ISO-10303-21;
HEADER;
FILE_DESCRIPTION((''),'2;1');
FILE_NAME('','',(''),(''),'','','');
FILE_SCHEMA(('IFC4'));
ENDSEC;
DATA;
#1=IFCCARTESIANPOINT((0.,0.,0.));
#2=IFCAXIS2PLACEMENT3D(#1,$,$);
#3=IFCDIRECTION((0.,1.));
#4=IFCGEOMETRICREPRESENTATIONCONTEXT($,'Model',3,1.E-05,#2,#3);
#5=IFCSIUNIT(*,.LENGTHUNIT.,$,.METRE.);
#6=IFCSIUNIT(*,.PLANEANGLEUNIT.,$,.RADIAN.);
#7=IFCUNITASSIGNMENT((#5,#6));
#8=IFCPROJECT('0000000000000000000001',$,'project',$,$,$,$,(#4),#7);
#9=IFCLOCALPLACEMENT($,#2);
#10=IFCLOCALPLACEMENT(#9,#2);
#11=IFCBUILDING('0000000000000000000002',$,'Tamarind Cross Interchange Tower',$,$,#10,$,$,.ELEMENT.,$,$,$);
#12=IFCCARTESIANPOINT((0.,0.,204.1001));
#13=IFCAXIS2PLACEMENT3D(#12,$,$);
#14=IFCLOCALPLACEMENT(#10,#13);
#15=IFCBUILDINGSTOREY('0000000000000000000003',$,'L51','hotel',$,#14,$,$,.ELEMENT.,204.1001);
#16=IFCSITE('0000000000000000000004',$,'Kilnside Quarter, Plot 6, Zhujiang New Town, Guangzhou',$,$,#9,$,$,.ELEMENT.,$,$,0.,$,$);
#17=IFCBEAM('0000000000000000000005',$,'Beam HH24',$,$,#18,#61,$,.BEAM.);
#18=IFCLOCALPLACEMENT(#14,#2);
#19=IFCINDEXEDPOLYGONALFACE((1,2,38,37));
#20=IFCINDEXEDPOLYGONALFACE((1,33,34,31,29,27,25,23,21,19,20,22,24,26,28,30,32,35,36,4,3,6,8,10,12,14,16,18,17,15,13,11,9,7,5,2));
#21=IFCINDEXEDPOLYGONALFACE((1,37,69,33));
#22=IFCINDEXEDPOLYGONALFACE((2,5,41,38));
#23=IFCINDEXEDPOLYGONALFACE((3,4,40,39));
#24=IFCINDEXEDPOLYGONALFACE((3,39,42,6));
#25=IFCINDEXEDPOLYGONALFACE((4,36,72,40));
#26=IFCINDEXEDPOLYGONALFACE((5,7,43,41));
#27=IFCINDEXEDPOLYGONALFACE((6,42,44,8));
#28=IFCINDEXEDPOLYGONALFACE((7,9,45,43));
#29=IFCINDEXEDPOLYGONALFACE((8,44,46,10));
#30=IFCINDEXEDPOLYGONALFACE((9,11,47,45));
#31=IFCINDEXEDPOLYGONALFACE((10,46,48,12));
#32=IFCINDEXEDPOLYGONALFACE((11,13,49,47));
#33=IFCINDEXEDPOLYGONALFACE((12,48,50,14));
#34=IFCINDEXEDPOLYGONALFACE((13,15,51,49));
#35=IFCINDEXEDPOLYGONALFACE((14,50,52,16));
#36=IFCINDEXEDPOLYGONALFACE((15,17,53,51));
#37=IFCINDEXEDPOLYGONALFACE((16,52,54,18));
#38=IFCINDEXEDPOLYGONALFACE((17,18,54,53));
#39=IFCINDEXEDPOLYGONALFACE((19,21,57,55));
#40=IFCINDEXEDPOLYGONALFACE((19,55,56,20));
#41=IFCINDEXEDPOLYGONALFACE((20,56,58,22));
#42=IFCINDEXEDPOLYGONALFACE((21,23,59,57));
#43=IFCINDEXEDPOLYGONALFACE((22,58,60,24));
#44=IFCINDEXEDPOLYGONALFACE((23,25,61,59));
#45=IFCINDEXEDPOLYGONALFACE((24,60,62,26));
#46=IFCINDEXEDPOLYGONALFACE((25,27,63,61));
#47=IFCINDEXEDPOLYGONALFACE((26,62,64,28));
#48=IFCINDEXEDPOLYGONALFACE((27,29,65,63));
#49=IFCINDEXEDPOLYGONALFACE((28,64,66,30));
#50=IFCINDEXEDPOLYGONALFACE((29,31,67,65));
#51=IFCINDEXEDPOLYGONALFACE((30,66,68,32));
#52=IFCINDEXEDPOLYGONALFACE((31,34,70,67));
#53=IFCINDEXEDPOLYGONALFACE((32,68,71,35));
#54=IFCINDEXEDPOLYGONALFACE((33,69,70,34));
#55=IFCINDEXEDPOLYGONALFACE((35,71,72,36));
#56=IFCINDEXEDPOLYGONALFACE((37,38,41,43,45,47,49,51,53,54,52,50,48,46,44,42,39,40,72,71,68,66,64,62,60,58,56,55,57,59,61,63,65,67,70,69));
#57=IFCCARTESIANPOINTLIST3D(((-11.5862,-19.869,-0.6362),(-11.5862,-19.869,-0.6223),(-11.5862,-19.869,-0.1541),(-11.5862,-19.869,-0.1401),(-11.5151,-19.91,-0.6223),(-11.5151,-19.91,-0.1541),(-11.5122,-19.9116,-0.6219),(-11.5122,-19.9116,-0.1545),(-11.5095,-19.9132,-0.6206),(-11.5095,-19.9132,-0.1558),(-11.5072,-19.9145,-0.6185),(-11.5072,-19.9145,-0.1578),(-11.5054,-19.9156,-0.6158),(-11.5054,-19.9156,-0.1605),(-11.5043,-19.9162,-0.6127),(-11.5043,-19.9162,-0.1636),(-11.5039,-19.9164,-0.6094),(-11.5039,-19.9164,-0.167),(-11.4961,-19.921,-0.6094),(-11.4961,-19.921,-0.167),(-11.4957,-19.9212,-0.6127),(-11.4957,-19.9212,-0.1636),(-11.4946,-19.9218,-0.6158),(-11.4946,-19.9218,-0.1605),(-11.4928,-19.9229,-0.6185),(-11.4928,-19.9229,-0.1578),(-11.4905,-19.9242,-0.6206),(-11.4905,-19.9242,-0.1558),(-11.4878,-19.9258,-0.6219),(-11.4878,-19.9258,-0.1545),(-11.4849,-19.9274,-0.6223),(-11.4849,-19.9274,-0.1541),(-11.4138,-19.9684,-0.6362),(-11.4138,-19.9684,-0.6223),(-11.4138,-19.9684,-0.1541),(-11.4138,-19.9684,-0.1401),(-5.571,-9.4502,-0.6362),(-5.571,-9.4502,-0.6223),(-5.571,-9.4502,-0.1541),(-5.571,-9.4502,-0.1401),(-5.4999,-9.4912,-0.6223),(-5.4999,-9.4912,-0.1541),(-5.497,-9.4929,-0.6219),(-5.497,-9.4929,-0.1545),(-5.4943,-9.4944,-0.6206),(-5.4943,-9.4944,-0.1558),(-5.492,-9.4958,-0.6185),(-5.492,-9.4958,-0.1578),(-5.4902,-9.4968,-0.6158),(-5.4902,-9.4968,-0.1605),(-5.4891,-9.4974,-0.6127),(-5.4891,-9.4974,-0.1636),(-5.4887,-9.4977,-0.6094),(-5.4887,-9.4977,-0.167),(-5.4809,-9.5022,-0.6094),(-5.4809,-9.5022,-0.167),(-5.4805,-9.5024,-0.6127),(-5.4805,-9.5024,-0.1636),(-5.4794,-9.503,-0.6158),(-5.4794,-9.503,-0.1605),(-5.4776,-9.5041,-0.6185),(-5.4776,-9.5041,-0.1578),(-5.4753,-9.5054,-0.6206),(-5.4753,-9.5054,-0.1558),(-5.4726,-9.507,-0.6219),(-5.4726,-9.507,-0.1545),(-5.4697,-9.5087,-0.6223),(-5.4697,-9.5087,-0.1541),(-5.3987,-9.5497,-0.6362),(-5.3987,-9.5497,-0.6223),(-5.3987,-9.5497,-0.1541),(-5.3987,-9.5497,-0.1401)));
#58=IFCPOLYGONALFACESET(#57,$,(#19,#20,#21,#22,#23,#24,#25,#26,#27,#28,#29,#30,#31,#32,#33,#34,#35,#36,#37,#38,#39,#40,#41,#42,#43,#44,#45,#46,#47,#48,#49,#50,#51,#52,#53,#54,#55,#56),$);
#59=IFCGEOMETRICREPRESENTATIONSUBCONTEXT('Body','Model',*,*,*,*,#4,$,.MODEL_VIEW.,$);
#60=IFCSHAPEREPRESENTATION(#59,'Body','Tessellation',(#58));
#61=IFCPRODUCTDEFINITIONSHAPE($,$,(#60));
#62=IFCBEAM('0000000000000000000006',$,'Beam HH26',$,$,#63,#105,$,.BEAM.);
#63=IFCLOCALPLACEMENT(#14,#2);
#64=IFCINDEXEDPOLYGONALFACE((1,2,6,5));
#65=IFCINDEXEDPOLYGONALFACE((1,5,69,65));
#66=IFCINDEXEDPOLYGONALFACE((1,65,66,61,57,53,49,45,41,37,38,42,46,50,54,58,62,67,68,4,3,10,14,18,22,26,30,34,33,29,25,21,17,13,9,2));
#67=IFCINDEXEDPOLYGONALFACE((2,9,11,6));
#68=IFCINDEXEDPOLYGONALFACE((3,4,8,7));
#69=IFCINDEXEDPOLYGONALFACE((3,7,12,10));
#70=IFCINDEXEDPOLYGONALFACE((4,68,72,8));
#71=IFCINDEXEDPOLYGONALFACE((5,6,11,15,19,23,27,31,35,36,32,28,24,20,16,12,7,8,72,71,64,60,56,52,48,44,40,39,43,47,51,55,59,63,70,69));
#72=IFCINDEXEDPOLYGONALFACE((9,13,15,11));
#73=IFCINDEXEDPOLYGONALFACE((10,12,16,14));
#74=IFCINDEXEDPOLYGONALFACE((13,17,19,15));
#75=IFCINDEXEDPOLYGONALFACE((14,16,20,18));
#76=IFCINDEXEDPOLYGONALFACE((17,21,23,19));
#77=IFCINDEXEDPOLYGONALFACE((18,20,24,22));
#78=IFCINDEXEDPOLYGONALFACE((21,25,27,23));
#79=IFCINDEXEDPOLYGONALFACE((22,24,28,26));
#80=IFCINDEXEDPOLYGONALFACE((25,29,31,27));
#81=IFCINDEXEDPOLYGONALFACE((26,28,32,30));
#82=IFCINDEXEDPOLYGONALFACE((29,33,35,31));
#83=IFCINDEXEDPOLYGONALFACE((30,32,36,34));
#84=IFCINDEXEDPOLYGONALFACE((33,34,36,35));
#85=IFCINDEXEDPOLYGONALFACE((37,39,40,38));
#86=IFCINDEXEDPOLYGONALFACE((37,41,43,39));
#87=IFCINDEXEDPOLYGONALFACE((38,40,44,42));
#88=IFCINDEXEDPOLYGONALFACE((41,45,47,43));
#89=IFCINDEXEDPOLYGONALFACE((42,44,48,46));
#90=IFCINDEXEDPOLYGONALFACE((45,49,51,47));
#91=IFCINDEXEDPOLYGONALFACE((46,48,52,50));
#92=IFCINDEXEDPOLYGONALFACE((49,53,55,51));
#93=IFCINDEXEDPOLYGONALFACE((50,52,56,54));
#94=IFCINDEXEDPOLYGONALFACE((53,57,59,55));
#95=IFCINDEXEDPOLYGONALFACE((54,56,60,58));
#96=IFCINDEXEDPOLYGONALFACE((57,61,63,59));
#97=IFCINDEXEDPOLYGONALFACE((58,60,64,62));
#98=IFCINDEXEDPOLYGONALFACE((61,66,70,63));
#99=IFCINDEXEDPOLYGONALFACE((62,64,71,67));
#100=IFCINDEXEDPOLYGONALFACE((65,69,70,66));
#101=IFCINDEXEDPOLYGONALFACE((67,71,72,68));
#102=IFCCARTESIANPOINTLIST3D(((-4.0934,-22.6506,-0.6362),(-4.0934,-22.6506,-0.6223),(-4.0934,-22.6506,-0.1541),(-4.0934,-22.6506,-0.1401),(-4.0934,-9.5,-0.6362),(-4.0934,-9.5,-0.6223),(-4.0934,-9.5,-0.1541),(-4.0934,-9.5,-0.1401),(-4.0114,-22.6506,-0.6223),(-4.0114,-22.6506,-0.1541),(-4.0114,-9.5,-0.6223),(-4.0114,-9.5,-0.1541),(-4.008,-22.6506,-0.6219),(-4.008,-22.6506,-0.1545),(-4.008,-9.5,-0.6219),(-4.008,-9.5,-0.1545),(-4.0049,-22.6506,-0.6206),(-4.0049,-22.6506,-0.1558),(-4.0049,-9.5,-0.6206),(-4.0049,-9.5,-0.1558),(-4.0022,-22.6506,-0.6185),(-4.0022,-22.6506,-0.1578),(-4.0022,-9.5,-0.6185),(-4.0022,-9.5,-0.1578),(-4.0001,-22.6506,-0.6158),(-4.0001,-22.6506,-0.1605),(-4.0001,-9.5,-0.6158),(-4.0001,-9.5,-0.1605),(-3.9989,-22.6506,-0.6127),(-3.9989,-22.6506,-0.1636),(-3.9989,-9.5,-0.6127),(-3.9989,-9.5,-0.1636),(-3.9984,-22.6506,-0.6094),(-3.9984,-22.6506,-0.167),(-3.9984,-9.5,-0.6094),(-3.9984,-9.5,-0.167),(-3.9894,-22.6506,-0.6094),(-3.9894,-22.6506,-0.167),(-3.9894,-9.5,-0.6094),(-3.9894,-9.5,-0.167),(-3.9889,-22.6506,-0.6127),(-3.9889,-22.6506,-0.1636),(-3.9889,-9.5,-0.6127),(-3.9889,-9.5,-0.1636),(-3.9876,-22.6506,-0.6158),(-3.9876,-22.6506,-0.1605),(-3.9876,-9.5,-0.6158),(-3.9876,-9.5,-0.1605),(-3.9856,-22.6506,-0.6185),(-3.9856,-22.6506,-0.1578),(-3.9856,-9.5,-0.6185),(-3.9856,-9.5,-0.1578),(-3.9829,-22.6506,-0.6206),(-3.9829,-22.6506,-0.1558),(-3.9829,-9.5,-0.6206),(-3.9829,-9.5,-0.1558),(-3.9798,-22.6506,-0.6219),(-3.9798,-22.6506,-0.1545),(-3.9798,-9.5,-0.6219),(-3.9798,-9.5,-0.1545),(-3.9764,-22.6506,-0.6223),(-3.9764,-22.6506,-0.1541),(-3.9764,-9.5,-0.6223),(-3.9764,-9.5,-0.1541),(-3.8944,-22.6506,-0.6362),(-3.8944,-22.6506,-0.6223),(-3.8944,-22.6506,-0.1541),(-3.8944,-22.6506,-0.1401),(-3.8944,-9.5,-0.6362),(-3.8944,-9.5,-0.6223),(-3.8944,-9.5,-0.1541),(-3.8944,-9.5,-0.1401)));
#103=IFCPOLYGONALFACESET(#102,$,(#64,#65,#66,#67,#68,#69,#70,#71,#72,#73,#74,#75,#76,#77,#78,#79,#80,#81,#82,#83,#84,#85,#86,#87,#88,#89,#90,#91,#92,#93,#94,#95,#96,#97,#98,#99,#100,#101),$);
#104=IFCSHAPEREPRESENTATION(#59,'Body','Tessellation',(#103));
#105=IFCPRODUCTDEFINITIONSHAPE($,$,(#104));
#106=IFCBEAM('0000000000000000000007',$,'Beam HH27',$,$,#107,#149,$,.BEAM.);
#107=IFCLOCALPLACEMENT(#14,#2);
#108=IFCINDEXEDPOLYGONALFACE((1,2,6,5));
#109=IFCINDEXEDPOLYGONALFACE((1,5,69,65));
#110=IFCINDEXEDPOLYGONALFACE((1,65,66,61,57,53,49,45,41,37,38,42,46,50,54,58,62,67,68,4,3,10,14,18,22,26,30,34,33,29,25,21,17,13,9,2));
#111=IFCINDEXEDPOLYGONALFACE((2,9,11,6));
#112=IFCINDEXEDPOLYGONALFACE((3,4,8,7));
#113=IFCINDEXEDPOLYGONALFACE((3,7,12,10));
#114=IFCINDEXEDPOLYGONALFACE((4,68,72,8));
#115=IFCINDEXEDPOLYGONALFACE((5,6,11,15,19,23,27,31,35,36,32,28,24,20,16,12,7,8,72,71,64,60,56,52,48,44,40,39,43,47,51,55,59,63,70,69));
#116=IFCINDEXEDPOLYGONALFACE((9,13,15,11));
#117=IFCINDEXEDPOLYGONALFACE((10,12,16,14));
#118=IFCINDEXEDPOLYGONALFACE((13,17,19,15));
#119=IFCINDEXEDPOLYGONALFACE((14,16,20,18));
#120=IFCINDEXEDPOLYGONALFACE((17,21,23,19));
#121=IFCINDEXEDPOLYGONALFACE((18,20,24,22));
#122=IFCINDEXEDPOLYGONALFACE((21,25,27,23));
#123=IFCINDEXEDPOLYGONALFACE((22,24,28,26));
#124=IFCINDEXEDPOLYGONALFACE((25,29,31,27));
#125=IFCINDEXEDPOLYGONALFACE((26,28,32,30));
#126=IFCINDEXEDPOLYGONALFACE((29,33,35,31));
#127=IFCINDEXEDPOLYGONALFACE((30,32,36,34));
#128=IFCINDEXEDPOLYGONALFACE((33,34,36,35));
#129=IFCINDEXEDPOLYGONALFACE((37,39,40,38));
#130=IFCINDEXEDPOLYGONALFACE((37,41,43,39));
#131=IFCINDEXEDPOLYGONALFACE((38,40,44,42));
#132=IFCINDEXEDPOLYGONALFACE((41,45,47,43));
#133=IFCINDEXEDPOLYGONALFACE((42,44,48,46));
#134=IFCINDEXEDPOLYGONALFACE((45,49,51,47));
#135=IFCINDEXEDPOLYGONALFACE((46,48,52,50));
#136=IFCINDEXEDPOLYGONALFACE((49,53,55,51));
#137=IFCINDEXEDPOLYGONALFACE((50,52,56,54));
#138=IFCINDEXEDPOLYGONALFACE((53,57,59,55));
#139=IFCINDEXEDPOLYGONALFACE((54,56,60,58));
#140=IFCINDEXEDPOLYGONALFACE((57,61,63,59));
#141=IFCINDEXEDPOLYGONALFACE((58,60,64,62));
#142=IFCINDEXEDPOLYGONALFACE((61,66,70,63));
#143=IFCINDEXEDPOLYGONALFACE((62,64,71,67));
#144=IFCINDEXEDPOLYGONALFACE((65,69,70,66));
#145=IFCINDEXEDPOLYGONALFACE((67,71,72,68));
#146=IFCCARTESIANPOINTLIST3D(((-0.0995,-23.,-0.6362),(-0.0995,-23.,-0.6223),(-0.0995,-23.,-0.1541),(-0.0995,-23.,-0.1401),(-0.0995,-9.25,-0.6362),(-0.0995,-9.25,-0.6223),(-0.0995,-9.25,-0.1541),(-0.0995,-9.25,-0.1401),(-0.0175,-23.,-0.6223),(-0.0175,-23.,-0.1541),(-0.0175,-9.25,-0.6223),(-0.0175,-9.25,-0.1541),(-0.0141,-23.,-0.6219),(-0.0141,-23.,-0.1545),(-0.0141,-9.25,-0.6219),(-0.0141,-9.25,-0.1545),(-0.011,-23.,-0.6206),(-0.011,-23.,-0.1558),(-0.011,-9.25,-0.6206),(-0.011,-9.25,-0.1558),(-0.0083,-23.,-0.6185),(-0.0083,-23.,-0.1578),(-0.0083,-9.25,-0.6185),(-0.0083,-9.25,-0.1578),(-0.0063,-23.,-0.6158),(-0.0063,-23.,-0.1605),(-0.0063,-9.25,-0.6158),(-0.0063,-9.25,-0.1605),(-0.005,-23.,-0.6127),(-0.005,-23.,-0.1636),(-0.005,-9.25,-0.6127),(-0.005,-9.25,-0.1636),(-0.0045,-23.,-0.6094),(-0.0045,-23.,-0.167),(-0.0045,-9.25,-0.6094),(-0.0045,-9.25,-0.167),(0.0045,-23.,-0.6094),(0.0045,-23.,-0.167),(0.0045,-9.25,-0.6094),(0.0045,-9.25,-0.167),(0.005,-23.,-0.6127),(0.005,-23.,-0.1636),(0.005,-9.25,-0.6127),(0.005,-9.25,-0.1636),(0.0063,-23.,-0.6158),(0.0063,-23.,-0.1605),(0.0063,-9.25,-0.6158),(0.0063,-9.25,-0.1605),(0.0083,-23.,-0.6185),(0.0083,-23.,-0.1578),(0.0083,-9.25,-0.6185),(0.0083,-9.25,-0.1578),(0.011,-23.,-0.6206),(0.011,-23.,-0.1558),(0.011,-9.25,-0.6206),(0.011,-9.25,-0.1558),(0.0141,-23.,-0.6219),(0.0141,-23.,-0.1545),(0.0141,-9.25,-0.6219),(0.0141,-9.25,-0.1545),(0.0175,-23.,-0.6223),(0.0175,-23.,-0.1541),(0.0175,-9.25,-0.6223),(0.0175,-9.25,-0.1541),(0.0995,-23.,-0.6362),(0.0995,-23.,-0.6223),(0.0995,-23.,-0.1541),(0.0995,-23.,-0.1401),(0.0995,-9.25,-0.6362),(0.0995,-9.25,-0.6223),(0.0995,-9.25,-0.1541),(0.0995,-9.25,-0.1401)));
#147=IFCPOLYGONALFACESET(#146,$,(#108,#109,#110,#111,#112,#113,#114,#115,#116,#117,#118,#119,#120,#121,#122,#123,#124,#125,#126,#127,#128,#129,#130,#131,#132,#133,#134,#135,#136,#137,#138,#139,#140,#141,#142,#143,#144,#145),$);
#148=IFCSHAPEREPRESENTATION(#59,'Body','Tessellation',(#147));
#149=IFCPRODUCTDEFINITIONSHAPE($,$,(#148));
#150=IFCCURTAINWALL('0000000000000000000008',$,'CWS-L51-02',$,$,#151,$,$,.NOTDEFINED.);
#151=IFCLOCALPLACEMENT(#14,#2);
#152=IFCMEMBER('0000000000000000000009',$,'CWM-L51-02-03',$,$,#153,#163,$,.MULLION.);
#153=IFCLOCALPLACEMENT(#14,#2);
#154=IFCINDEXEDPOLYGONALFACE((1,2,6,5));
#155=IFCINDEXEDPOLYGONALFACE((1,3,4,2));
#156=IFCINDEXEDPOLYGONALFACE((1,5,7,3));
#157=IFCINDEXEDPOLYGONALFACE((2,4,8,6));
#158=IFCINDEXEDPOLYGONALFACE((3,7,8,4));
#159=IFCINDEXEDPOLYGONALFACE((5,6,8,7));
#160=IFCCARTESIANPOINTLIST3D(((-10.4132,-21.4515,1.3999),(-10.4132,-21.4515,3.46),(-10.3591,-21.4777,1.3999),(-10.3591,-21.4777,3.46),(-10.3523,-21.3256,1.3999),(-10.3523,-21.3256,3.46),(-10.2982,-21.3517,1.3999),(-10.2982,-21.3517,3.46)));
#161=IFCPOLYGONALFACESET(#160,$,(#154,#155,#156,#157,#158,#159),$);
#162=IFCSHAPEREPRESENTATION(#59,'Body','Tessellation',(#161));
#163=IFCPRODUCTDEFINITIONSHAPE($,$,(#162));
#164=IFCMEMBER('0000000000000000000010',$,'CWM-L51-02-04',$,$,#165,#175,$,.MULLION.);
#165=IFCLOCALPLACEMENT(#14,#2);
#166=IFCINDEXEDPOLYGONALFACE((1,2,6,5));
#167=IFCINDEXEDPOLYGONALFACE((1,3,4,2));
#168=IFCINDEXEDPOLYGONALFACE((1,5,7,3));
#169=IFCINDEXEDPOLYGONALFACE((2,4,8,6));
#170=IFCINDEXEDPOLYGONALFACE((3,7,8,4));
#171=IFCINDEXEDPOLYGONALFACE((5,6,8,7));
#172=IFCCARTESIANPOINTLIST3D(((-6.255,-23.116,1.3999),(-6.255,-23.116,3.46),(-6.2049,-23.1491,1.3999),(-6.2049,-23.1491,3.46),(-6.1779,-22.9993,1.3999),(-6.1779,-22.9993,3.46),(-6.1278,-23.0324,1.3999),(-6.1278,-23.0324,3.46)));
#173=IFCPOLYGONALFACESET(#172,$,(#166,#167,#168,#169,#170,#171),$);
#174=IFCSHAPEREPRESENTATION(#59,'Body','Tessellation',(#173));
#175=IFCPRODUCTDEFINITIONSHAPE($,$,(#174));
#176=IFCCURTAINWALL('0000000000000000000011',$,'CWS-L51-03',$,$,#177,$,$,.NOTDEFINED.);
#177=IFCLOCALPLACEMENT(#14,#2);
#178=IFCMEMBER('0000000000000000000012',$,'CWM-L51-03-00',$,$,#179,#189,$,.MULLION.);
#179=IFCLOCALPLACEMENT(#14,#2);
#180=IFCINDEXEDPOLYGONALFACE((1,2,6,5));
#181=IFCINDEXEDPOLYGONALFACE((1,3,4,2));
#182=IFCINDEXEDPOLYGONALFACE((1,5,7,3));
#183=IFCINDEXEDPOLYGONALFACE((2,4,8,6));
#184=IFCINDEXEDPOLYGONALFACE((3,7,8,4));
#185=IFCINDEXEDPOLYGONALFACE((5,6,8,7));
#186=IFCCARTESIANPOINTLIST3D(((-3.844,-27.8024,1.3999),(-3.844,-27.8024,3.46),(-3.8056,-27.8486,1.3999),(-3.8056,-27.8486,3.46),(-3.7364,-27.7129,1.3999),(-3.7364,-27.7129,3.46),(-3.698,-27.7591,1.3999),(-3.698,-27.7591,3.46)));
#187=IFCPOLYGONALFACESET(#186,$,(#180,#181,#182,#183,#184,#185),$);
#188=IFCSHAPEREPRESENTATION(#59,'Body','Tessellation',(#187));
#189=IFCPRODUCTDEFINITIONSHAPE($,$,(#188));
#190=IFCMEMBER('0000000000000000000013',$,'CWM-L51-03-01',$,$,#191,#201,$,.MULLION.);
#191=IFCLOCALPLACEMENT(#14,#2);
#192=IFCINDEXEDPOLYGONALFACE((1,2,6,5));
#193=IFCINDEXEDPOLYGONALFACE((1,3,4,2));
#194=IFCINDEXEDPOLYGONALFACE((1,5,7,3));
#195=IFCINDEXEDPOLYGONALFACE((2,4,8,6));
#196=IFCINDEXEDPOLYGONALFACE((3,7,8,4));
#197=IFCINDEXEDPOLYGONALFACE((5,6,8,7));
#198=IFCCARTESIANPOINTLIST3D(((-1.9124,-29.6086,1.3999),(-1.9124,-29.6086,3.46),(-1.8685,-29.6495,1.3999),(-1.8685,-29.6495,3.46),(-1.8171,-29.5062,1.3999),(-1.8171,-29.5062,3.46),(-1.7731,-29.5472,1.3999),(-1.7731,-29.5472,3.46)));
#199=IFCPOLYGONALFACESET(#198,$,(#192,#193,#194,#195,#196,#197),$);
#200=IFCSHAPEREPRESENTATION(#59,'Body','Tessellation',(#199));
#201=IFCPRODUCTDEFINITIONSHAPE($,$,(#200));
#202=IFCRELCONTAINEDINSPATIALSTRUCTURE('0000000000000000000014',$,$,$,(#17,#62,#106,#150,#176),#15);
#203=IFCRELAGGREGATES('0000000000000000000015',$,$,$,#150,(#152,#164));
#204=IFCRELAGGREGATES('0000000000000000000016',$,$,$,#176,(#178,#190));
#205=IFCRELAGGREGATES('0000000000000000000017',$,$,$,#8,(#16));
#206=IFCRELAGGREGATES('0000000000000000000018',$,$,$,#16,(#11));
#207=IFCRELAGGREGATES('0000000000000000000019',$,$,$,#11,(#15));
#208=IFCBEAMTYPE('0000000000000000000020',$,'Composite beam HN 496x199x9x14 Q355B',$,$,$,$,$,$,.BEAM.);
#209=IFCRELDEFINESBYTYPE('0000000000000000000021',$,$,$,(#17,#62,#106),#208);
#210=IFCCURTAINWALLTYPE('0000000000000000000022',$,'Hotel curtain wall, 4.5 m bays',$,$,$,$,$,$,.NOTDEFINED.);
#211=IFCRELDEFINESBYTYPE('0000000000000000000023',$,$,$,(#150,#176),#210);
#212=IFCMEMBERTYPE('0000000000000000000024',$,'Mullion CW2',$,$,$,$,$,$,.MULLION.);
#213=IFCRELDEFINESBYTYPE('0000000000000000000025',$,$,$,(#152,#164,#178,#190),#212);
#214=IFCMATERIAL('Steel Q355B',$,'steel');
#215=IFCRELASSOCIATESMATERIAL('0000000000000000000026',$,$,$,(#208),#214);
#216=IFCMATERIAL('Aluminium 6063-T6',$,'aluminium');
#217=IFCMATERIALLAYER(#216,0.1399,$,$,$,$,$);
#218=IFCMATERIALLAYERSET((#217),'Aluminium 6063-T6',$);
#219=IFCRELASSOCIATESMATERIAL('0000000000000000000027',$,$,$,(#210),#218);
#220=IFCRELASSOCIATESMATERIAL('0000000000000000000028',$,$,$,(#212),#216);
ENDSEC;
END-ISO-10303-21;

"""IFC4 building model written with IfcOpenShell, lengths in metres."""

from ifc_helpers import new_model, si_unit, direction, frame, origin, origin_2d, place, context, subcontext, project, spatial, rectangle, i_section, extrude, material, layer, layer_set, material_profile, profile_set, type_object, element, aggregate, save


model = new_model("IFC4")

# Units and contexts
model_context = context("Model", 3, precision=1e-05, world=origin(), true_north=direction((0.0, 1.0)))
body_context = subcontext(model_context, "Body", "Model", "MODEL_VIEW")
ifc_project = project(units=[si_unit("LENGTHUNIT", "METRE"), si_unit("PLANEANGLEUNIT", "RADIAN")], contexts=[model_context])

# Site, building, storey
site_placement = place(None, origin())
site = spatial("IfcSite", under=ifc_project, at=site_placement, Name="Kilnside Quarter, Plot 6, Zhujiang New Town, Guangzhou", CompositionType="ELEMENT", RefElevation=0.0)
building_placement = place(site_placement, origin())
building = spatial("IfcBuilding", under=site, at=building_placement, Name="Tamarind Cross Interchange Tower", CompositionType="ELEMENT")
storey_placement = place(building_placement, frame((0.0, 0.0, 204.1001)))
storey = spatial("IfcBuildingStorey", under=building, at=storey_placement, Name="L51", Description="hotel", CompositionType="ELEMENT", Elevation=204.1001)

# Beams
ifc_material_1 = material(Name="Steel Q355B", Category="steel")
ifc_material_profile_1 = material_profile(ifc_material_1, i_section(OverallWidth=0.199, OverallDepth=0.4961, WebThickness=0.009, FlangeThickness=0.0139, FilletRadius=0.0129, at=origin_2d()), Name="HN 496x199x9x14")
ifc_profile_set_1 = profile_set([ifc_material_profile_1], Name="Steel Q355B")
beam_type = type_object("IfcBeamType", Name="Composite beam HN 496x199x9x14 Q355B", PredefinedType="BEAM", material=ifc_profile_set_1)
beam_1_placement = place(storey_placement, frame((-11.5, -19.9187, -0.3882), z_axis=(0.499994, 0.866029, 0.0), x_axis=(-0.866029, 0.499994, 0.0)))
element("IfcBeam", 1, at=beam_1_placement, inside=storey, type_object=beam_type, Name="Beam HH24", PredefinedType="BEAM", context=body_context, shape_type="SweptSolid", body=[
    extrude(i_section(OverallWidth=0.199, OverallDepth=0.4961, WebThickness=0.009, FlangeThickness=0.0139, FilletRadius=0.0129, at=origin_2d()), origin(), (0.0, 0.0, 1.0), 12.0305),
])
beam_2_placement = place(storey_placement, frame((-3.9939, -22.6506, -0.3882), z_axis=(0.0, 1.0, 0.0), x_axis=(-1.0, 0.0, 0.0)))
element("IfcBeam", 2, at=beam_2_placement, inside=storey, type_object=beam_type, Name="Beam HH26", PredefinedType="BEAM", context=body_context, shape_type="SweptSolid", body=[
    extrude(i_section(OverallWidth=0.199, OverallDepth=0.4961, WebThickness=0.009, FlangeThickness=0.0139, FilletRadius=0.0129, at=origin_2d()), origin(), (0.0, 0.0, 1.0), 13.1506),
])
beam_3_placement = place(storey_placement, frame((0.0, -23.0, -0.3882), z_axis=(0.0, 1.0, 0.0), x_axis=(-1.0, 0.0, 0.0)))
element("IfcBeam", 3, at=beam_3_placement, inside=storey, type_object=beam_type, Name="Beam HH27", PredefinedType="BEAM", context=body_context, shape_type="SweptSolid", body=[
    extrude(i_section(OverallWidth=0.199, OverallDepth=0.4961, WebThickness=0.009, FlangeThickness=0.0139, FilletRadius=0.0129, at=origin_2d()), origin(), (0.0, 0.0, 1.0), 13.75),
])

# Curtain walls, members
ifc_material_2 = material(Name="Aluminium 6063-T6", Category="aluminium")
ifc_layer_1 = layer(ifc_material_2, 0.1399)
ifc_layer_set_1 = layer_set([ifc_layer_1], Name="Aluminium 6063-T6")
curtain_wall_type = type_object("IfcCurtainWallType", Name="Hotel curtain wall, 4.5 m bays", PredefinedType="NOTDEFINED", material=ifc_layer_set_1)
curtain_wall_1_placement = place(storey_placement, origin())
curtain_wall_1 = element("IfcCurtainWall", 4, at=curtain_wall_1_placement, inside=storey, type_object=curtain_wall_type, Name="CWS-L51-02", PredefinedType="NOTDEFINED")
ifc_material_profile_2 = material_profile(ifc_material_2, rectangle(XDim=0.0601, YDim=0.1399, at=origin_2d()), Name="Mullion CW2")
ifc_profile_set_2 = profile_set([ifc_material_profile_2], Name="Aluminium 6063-T6")
member_type = type_object("IfcMemberType", Name="Mullion CW2", PredefinedType="MULLION", material=ifc_profile_set_2)
member_1_placement = place(storey_placement, frame((-10.3557, -21.4016, 1.3999), z_axis=(0.0, 0.0, 1.0), x_axis=(0.900273, -0.435326, 0.0)))
member_1 = element("IfcMember", 5, at=member_1_placement, type_object=member_type, Name="CWM-L51-02-03", PredefinedType="MULLION", context=body_context, shape_type="SweptSolid", body=[
    extrude(rectangle(XDim=0.0601, YDim=0.1399, at=origin_2d()), origin(), (0.0, 0.0, 1.0), 2.0601),
])
member_2_placement = place(storey_placement, frame((-6.1914, -23.0742, 1.3999), z_axis=(0.0, 0.0, 1.0), x_axis=(0.83408, -0.551643, 0.0)))
member_2 = element("IfcMember", 6, at=member_2_placement, type_object=member_type, Name="CWM-L51-02-04", PredefinedType="MULLION", context=body_context, shape_type="SweptSolid", body=[
    extrude(rectangle(XDim=0.0601, YDim=0.1399, at=origin_2d()), origin(), (0.0, 0.0, 1.0), 2.0601),
])
aggregate(curtain_wall_1, [member_1, member_2])
curtain_wall_2_placement = place(storey_placement, origin())
curtain_wall_2 = element("IfcCurtainWall", 7, at=curtain_wall_2_placement, inside=storey, type_object=curtain_wall_type, Name="CWS-L51-03", PredefinedType="NOTDEFINED")
member_3_placement = place(storey_placement, frame((-3.771, -27.7808, 1.3999), z_axis=(0.0, 0.0, 1.0), x_axis=(0.639487, -0.768802, 0.0)))
member_3 = element("IfcMember", 8, at=member_3_placement, type_object=member_type, Name="CWM-L51-03-00", PredefinedType="MULLION", context=body_context, shape_type="SweptSolid", body=[
    extrude(rectangle(XDim=0.0601, YDim=0.1399, at=origin_2d()), origin(), (0.0, 0.0, 1.0), 2.0601),
])
member_4_placement = place(storey_placement, frame((-1.8428, -29.5779, 1.3999), z_axis=(0.0, 0.0, 1.0), x_axis=(0.731544, -0.681794, 0.0)))
member_4 = element("IfcMember", 9, at=member_4_placement, type_object=member_type, Name="CWM-L51-03-01", PredefinedType="MULLION", context=body_context, shape_type="SweptSolid", body=[
    extrude(rectangle(XDim=0.0601, YDim=0.1399, at=origin_2d()), origin(), (0.0, 0.0, 1.0), 2.0601),
])
aggregate(curtain_wall_2, [member_3, member_4])

save(model, "model.ifc")
